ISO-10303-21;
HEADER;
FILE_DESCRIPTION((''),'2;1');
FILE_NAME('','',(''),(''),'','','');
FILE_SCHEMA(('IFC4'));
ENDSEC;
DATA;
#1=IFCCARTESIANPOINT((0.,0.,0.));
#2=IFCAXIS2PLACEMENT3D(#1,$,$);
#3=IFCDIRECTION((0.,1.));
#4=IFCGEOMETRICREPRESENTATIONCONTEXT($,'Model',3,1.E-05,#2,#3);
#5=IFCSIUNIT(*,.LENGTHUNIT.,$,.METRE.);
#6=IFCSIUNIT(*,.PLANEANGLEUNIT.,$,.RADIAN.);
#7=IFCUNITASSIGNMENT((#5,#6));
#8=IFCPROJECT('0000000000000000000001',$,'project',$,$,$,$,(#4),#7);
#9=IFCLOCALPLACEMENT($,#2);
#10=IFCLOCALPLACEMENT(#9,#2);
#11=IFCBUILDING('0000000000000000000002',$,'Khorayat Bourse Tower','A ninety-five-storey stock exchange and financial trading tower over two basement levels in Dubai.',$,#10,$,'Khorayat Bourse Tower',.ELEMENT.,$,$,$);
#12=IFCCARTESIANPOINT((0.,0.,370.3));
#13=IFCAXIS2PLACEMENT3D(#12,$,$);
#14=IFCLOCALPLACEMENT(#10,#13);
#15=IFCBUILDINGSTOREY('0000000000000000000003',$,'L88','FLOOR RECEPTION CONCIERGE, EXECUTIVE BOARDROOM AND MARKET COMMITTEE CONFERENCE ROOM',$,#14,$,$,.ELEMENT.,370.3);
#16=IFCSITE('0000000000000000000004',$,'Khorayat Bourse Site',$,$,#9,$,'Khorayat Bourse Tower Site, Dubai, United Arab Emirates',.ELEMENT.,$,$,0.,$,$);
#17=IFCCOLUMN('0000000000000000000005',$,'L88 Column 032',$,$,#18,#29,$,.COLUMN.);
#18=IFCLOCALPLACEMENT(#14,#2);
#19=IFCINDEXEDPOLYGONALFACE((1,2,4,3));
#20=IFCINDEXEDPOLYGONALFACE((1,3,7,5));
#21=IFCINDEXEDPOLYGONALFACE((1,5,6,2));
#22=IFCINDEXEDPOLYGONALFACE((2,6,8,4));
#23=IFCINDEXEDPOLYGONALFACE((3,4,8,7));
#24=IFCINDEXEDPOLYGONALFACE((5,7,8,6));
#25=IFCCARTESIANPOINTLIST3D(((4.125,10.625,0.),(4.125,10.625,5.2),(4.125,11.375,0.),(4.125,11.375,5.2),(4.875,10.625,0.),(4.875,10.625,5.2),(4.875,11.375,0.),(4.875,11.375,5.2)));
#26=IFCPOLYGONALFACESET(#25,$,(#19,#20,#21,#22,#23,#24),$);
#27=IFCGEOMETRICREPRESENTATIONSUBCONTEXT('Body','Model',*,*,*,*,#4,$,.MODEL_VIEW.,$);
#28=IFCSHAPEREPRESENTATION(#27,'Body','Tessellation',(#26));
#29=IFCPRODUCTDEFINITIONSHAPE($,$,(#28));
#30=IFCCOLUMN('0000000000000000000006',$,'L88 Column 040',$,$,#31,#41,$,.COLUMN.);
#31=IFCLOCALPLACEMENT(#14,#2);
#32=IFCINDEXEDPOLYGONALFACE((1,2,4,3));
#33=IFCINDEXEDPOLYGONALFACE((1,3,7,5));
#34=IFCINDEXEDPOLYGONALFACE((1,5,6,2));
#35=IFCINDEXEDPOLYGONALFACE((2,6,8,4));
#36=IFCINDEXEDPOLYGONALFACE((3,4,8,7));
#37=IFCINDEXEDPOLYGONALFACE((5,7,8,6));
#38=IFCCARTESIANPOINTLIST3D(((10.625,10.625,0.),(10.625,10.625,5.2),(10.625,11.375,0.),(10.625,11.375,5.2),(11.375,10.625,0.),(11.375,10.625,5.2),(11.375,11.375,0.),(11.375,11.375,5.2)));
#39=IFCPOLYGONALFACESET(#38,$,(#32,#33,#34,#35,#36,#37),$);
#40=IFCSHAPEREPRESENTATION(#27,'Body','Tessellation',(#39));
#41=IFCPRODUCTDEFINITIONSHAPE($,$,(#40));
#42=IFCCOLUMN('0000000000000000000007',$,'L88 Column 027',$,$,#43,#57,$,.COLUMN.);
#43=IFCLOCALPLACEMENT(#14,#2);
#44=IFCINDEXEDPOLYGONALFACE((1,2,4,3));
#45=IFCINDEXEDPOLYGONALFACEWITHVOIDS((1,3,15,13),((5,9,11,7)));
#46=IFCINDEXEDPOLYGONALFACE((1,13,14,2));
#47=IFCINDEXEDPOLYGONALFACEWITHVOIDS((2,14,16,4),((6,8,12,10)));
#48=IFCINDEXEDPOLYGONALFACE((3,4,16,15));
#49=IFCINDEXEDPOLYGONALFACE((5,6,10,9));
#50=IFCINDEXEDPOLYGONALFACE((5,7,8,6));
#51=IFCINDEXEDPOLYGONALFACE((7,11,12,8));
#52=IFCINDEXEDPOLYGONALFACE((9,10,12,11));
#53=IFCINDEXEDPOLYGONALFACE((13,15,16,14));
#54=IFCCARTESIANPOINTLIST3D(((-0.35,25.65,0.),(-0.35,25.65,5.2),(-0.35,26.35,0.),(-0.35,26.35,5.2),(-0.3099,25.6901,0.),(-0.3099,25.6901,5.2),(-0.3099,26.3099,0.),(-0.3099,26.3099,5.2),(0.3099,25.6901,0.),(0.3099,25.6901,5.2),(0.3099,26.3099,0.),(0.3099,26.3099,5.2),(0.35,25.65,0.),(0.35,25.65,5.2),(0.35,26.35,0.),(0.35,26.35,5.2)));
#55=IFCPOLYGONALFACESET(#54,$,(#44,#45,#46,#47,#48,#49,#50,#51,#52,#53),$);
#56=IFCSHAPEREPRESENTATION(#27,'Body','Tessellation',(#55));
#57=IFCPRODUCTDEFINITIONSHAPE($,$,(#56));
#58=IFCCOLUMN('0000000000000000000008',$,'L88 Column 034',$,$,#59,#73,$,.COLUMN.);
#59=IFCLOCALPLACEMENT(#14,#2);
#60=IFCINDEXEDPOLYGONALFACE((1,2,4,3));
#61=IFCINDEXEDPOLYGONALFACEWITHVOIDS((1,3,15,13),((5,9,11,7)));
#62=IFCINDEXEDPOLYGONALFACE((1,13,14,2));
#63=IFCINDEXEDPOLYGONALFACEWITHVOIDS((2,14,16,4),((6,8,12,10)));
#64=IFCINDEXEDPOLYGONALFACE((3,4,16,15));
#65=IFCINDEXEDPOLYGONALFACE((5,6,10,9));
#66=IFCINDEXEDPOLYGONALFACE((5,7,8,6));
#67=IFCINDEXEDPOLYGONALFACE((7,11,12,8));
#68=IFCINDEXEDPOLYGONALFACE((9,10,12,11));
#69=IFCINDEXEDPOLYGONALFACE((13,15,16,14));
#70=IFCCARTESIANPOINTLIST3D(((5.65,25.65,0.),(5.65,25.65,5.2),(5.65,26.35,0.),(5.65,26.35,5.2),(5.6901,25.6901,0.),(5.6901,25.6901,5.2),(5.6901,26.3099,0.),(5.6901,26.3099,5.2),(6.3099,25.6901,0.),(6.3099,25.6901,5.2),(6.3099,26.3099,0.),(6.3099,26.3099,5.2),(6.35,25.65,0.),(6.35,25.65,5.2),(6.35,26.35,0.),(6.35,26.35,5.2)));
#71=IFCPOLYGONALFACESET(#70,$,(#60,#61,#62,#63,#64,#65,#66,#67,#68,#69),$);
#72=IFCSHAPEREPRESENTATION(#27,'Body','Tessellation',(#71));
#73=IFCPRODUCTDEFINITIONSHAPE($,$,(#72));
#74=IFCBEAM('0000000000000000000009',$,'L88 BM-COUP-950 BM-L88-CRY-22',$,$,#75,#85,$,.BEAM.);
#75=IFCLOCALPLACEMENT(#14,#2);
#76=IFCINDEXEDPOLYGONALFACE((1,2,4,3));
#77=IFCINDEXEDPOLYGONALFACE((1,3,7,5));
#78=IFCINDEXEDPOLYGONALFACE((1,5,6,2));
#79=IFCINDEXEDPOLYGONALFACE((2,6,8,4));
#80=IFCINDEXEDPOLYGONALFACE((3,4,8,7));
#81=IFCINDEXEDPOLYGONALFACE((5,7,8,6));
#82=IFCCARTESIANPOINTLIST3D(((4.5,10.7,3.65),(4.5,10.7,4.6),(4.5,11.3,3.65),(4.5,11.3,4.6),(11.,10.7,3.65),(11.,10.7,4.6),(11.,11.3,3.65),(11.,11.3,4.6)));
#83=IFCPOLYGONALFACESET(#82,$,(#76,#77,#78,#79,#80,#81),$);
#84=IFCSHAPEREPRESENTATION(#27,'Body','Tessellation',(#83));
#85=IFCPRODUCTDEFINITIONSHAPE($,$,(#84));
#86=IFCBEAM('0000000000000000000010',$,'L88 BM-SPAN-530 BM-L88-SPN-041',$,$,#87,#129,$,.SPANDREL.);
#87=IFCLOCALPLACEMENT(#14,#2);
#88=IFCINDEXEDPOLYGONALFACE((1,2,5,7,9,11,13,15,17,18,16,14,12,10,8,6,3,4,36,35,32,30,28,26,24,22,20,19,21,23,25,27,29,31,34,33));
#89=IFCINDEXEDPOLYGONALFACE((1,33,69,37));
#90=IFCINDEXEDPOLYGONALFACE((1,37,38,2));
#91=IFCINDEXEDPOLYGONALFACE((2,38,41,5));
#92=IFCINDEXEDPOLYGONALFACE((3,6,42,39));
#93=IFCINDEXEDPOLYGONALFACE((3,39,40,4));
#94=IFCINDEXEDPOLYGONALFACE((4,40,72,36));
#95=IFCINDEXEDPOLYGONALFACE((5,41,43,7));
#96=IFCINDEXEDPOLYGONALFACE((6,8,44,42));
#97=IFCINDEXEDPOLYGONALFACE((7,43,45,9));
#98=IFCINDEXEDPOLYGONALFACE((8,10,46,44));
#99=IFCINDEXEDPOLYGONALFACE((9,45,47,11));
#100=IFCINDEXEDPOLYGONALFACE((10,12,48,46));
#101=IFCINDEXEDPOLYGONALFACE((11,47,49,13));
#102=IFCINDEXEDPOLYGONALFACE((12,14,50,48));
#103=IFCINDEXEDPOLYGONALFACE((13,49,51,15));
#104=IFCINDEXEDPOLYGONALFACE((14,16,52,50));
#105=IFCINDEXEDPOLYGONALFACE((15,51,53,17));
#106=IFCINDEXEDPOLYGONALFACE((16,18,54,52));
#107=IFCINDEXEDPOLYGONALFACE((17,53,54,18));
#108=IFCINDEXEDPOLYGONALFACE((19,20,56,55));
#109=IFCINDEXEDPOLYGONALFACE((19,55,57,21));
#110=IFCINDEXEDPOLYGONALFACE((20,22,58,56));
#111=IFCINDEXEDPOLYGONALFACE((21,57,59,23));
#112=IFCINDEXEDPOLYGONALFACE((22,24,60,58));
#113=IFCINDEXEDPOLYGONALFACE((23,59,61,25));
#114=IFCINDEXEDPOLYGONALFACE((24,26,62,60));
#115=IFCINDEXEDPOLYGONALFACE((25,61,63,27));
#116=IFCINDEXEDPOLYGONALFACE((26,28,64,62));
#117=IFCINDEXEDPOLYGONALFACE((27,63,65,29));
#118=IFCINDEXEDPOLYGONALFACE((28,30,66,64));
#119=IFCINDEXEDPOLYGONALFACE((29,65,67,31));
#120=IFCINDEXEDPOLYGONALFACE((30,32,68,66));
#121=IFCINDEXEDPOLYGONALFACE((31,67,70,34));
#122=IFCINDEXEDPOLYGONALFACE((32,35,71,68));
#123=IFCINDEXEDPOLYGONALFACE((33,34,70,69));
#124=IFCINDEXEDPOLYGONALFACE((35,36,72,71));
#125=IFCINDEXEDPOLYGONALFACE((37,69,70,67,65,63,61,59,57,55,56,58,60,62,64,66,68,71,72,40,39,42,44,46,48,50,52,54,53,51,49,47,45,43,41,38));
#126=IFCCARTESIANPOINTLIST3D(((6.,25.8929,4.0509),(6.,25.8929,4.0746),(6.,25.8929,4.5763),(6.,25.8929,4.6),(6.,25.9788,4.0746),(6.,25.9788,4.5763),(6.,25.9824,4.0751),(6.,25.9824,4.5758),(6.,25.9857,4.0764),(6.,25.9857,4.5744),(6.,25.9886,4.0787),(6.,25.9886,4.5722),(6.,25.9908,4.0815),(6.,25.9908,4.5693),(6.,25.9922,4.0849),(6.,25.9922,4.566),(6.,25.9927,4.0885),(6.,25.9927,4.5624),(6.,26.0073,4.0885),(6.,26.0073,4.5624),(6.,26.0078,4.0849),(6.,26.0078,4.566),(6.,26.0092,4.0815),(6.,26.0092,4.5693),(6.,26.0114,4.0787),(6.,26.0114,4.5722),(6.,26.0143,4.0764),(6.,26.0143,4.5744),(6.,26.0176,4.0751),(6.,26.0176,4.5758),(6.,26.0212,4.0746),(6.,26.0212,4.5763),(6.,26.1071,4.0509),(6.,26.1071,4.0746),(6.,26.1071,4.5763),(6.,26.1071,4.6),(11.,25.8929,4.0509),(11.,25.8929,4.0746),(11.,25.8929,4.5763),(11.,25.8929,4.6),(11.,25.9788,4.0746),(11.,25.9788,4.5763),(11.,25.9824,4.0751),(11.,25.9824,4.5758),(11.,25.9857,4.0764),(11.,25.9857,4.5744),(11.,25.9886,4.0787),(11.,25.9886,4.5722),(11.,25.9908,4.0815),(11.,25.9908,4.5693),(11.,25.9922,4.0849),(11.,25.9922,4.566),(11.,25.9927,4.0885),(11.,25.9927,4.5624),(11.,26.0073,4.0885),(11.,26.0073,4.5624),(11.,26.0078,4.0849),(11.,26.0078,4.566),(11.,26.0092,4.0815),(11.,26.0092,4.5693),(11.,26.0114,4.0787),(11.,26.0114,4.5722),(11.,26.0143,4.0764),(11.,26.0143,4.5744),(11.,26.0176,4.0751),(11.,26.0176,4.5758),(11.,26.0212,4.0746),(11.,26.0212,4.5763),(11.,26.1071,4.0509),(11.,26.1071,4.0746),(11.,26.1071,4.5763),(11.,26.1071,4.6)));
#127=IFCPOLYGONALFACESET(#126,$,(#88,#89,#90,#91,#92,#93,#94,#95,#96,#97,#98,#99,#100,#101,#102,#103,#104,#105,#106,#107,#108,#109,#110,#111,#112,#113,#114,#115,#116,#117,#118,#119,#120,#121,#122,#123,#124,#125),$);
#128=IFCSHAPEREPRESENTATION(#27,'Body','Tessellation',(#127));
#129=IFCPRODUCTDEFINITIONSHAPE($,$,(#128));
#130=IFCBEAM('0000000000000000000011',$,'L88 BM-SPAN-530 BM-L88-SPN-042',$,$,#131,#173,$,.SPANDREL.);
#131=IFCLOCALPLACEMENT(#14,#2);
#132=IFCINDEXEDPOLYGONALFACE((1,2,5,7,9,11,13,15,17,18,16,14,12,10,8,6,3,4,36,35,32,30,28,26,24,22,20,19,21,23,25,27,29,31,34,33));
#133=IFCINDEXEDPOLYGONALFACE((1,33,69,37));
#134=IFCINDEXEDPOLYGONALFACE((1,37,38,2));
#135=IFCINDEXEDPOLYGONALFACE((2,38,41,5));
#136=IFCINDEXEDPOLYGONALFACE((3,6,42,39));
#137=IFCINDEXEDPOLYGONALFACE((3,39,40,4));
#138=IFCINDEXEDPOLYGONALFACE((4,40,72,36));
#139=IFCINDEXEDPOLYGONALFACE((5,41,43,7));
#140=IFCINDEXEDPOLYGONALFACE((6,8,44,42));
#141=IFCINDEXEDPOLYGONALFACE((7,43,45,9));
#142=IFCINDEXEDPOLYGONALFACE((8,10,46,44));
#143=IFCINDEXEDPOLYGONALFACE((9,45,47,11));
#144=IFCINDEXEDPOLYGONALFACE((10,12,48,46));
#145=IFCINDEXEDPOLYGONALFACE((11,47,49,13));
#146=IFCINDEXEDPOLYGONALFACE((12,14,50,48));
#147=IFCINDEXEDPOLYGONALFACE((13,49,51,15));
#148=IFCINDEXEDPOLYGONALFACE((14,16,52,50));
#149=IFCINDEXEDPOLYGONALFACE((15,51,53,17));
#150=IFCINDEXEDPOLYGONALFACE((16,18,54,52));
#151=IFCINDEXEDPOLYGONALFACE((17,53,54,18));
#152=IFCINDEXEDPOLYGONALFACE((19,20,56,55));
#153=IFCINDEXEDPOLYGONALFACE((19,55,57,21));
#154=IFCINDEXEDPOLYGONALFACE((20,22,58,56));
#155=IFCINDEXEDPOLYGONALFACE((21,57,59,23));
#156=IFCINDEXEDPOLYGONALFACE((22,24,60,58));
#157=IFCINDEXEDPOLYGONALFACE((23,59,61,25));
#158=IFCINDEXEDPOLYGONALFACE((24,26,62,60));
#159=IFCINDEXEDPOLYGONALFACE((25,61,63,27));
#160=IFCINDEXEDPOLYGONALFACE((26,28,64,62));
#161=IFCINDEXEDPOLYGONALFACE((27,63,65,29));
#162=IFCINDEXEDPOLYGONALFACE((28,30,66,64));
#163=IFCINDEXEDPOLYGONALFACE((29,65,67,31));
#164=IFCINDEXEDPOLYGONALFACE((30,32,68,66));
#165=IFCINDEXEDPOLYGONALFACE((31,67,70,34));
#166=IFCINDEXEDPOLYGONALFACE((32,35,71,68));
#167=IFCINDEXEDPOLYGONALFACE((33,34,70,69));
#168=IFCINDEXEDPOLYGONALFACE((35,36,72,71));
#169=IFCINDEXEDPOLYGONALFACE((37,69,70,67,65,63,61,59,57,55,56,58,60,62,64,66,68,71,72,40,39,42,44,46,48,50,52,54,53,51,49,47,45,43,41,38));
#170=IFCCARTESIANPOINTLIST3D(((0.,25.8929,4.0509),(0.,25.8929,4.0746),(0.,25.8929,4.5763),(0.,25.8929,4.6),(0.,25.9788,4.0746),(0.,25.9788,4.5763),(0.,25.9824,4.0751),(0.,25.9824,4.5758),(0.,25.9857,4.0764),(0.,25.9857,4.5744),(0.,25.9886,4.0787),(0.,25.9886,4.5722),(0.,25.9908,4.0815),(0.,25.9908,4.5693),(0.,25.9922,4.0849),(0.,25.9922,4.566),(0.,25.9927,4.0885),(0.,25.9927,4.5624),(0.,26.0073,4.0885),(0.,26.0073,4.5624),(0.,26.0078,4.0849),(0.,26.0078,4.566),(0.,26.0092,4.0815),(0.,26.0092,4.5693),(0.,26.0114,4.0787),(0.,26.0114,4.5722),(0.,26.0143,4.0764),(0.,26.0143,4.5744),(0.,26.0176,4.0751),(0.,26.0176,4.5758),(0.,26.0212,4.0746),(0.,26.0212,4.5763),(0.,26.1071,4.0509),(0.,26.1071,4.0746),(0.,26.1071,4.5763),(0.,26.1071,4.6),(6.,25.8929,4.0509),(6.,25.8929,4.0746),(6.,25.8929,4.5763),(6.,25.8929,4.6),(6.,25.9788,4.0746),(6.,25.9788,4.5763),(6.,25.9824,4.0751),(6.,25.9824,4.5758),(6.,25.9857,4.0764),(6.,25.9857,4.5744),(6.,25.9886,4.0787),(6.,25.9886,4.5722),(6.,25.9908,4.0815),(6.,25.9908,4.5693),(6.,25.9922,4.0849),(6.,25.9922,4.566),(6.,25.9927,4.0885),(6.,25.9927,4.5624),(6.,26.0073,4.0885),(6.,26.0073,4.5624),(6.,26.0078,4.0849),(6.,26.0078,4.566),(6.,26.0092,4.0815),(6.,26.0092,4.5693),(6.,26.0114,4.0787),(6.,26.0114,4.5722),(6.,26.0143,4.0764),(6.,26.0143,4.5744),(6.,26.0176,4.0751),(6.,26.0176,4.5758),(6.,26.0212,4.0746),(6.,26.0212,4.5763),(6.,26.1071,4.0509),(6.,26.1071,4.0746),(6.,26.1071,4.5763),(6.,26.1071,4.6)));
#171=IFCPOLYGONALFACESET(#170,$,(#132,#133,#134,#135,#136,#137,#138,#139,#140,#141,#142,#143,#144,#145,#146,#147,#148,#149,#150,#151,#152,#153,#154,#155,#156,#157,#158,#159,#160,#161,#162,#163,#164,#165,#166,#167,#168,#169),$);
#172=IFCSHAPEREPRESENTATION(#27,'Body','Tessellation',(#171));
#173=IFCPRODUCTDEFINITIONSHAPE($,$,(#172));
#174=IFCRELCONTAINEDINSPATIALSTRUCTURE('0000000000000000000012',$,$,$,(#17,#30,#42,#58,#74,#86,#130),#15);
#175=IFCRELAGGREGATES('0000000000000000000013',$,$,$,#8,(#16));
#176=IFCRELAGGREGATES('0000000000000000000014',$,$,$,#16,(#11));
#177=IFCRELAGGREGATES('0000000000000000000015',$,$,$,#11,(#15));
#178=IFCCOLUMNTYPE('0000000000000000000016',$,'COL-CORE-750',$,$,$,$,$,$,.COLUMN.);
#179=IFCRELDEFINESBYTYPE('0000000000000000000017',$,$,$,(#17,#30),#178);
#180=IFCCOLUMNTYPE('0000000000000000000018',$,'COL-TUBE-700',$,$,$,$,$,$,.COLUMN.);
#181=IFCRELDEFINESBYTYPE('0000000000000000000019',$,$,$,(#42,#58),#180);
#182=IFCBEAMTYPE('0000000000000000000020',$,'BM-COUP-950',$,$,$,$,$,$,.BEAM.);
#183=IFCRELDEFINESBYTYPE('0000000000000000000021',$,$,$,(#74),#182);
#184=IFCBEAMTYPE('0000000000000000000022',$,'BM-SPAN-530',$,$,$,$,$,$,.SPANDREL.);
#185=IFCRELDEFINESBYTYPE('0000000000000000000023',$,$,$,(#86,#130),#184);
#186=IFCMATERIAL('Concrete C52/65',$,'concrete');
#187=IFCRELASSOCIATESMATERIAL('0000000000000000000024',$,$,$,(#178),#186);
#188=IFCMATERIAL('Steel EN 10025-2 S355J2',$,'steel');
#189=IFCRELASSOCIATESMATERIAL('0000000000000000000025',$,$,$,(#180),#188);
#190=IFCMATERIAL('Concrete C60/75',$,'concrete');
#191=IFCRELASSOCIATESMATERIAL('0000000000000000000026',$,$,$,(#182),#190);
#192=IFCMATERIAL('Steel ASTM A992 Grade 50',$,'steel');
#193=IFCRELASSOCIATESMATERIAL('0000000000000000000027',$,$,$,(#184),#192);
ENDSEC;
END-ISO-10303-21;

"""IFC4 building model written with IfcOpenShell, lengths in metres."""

from ifc_helpers import new_model, si_unit, direction, frame, origin, origin_2d, place, context, subcontext, project, spatial, rectangle, hollow_rectangle, i_section, extrude, source, transform, mapped, material, material_profile, profile_set, type_object, element, save


model = new_model("IFC4")

# Units and contexts
model_context = context("Model", 3, precision=1e-05, world=origin(), true_north=direction((0.0, 1.0)))
body_context = subcontext(model_context, "Body", "Model", "MODEL_VIEW")
ifc_project = project(units=[si_unit("LENGTHUNIT", "METRE"), si_unit("PLANEANGLEUNIT", "RADIAN")], contexts=[model_context])

# Site, building, storey
site_placement = place(None, origin())
site = spatial("IfcSite", under=ifc_project, at=site_placement, Name="Khorayat Bourse Site", LongName="Khorayat Bourse Tower Site, Dubai, United Arab Emirates", CompositionType="ELEMENT", RefElevation=0.0)
building_placement = place(site_placement, origin())
building = spatial("IfcBuilding", under=site, at=building_placement, Name="Khorayat Bourse Tower", Description="A ninety-five-storey stock exchange and financial trading tower over two basement levels in Dubai.", LongName="Khorayat Bourse Tower", CompositionType="ELEMENT")
storey_placement = place(building_placement, frame((0.0, 0.0, 370.3)))
storey = spatial("IfcBuildingStorey", under=building, at=storey_placement, Name="L88", Description="FLOOR RECEPTION CONCIERGE, EXECUTIVE BOARDROOM AND MARKET COMMITTEE CONFERENCE ROOM", CompositionType="ELEMENT", Elevation=370.3)

# Columns
ifc_material_1 = material(Name="Concrete C52/65", Category="concrete")
ifc_material_profile_1 = material_profile(ifc_material_1, rectangle(XDim=0.75, YDim=0.75, at=origin_2d()), Name="RC 750x750")
ifc_profile_set_1 = profile_set([ifc_material_profile_1], Name="Concrete C52/65")
column_type_1 = type_object("IfcColumnType", Name="COL-CORE-750", PredefinedType="COLUMN", material=ifc_profile_set_1)
shared_shape_1 = source(origin(), body_context, "Body", "SweptSolid", [
    extrude(rectangle(XDim=0.75, YDim=0.75, at=origin_2d()), origin(), (0.0, 0.0, 1.0), 5.2),
])
for number, where, z_axis, x_axis, name in (
    (1, (4.5, 11.0, 0.0), (0.0, 0.0, 1.0), (1.0, 0.0, 0.0), "L88 Column 032"),
    (2, (11.0, 11.0, 0.0), (0.0, 0.0, 1.0), (1.0, 0.0, 0.0), "L88 Column 040"),
):
    element("IfcColumn", number, at=place(storey_placement, frame(where, z_axis=z_axis, x_axis=x_axis)), inside=storey, type_object=column_type_1, Name=name, PredefinedType="COLUMN", context=body_context, shape_type="MappedRepresentation", body=[
        mapped(shared_shape_1, transform((0.0, 0.0, 0.0), scale=1.0)),
    ])
ifc_material_2 = material(Name="Steel EN 10025-2 S355J2", Category="steel")
ifc_material_profile_2 = material_profile(ifc_material_2, hollow_rectangle(XDim=0.7, YDim=0.7, WallThickness=0.04, at=origin_2d()), Name="BOX 700x700x40")
ifc_profile_set_2 = profile_set([ifc_material_profile_2], Name="Steel EN 10025-2 S355J2")
column_type_2 = type_object("IfcColumnType", Name="COL-TUBE-700", PredefinedType="COLUMN", material=ifc_profile_set_2)
shared_shape_2 = source(origin(), body_context, "Body", "SweptSolid", [
    extrude(hollow_rectangle(XDim=0.7, YDim=0.7, WallThickness=0.04, at=origin_2d()), origin(), (0.0, 0.0, 1.0), 5.2),
])
for number, where, z_axis, x_axis, name in (
    (3, (0.0, 26.0, 0.0), (0.0, 0.0, 1.0), (1.0, 0.0, 0.0), "L88 Column 027"),
    (4, (6.0, 26.0, 0.0), (0.0, 0.0, 1.0), (1.0, 0.0, 0.0), "L88 Column 034"),
):
    element("IfcColumn", number, at=place(storey_placement, frame(where, z_axis=z_axis, x_axis=x_axis)), inside=storey, type_object=column_type_2, Name=name, PredefinedType="COLUMN", context=body_context, shape_type="MappedRepresentation", body=[
        mapped(shared_shape_2, transform((0.0, 0.0, 0.0), scale=1.0)),
    ])

# Beams
ifc_material_3 = material(Name="Concrete C60/75", Category="concrete")
ifc_material_profile_3 = material_profile(ifc_material_3, rectangle(XDim=0.6001, YDim=0.95, at=origin_2d()), Name="RC 600x950")
ifc_profile_set_3 = profile_set([ifc_material_profile_3], Name="Concrete C60/75")
beam_type_1 = type_object("IfcBeamType", Name="BM-COUP-950", PredefinedType="BEAM", material=ifc_profile_set_3)
shared_shape_3 = source(origin(), body_context, "Body", "SweptSolid", [
    extrude(rectangle(XDim=0.6001, YDim=0.95, at=origin_2d()), origin(), (0.0, 0.0, 1.0), 6.5),
])
beam_1_placement = place(storey_placement, frame((4.5, 11.0, 4.125), z_axis=(1.0, 0.0, 0.0), x_axis=(0.0, 1.0, 0.0)))
element("IfcBeam", 5, at=beam_1_placement, inside=storey, type_object=beam_type_1, Name="L88 BM-COUP-950 BM-L88-CRY-22", PredefinedType="BEAM", context=body_context, shape_type="MappedRepresentation", body=[
    mapped(shared_shape_3, transform((0.0, 0.0, 0.0), scale=1.0)),
])
ifc_material_4 = material(Name="Steel ASTM A992 Grade 50", Category="steel")
ifc_material_profile_4 = material_profile(ifc_material_4, i_section(OverallWidth=0.2141, OverallDepth=0.5491, WebThickness=0.0146, FlangeThickness=0.0237, FilletRadius=0.0139, at=origin_2d()), Name="W530X138")
ifc_profile_set_4 = profile_set([ifc_material_profile_4], Name="Steel ASTM A992 Grade 50")
beam_type_2 = type_object("IfcBeamType", Name="BM-SPAN-530", PredefinedType="SPANDREL", material=ifc_profile_set_4)
shared_shape_4 = source(origin(), body_context, "Body", "SweptSolid", [
    extrude(i_section(OverallWidth=0.2141, OverallDepth=0.5491, WebThickness=0.0146, FlangeThickness=0.0237, FilletRadius=0.0139, at=origin_2d()), origin(), (0.0, 0.0, 1.0), 5.0),
])
beam_2_placement = place(storey_placement, frame((6.0, 26.0, 4.3254), z_axis=(1.0, 0.0, 0.0), x_axis=(0.0, 1.0, 0.0)))
element("IfcBeam", 6, at=beam_2_placement, inside=storey, type_object=beam_type_2, Name="L88 BM-SPAN-530 BM-L88-SPN-041", PredefinedType="SPANDREL", context=body_context, shape_type="MappedRepresentation", body=[
    mapped(shared_shape_4, transform((0.0, 0.0, 0.0), scale=1.0)),
])
shared_shape_5 = source(origin(), body_context, "Body", "SweptSolid", [
    extrude(i_section(OverallWidth=0.2141, OverallDepth=0.5491, WebThickness=0.0146, FlangeThickness=0.0237, FilletRadius=0.0139, at=origin_2d()), origin(), (0.0, 0.0, 1.0), 6.0),
])
beam_3_placement = place(storey_placement, frame((0.0, 26.0, 4.3254), z_axis=(1.0, 0.0, 0.0), x_axis=(0.0, 1.0, 0.0)))
element("IfcBeam", 7, at=beam_3_placement, inside=storey, type_object=beam_type_2, Name="L88 BM-SPAN-530 BM-L88-SPN-042", PredefinedType="SPANDREL", context=body_context, shape_type="MappedRepresentation", body=[
    mapped(shared_shape_5, transform((0.0, 0.0, 0.0), scale=1.0)),
])

save(model, "model.ifc")
